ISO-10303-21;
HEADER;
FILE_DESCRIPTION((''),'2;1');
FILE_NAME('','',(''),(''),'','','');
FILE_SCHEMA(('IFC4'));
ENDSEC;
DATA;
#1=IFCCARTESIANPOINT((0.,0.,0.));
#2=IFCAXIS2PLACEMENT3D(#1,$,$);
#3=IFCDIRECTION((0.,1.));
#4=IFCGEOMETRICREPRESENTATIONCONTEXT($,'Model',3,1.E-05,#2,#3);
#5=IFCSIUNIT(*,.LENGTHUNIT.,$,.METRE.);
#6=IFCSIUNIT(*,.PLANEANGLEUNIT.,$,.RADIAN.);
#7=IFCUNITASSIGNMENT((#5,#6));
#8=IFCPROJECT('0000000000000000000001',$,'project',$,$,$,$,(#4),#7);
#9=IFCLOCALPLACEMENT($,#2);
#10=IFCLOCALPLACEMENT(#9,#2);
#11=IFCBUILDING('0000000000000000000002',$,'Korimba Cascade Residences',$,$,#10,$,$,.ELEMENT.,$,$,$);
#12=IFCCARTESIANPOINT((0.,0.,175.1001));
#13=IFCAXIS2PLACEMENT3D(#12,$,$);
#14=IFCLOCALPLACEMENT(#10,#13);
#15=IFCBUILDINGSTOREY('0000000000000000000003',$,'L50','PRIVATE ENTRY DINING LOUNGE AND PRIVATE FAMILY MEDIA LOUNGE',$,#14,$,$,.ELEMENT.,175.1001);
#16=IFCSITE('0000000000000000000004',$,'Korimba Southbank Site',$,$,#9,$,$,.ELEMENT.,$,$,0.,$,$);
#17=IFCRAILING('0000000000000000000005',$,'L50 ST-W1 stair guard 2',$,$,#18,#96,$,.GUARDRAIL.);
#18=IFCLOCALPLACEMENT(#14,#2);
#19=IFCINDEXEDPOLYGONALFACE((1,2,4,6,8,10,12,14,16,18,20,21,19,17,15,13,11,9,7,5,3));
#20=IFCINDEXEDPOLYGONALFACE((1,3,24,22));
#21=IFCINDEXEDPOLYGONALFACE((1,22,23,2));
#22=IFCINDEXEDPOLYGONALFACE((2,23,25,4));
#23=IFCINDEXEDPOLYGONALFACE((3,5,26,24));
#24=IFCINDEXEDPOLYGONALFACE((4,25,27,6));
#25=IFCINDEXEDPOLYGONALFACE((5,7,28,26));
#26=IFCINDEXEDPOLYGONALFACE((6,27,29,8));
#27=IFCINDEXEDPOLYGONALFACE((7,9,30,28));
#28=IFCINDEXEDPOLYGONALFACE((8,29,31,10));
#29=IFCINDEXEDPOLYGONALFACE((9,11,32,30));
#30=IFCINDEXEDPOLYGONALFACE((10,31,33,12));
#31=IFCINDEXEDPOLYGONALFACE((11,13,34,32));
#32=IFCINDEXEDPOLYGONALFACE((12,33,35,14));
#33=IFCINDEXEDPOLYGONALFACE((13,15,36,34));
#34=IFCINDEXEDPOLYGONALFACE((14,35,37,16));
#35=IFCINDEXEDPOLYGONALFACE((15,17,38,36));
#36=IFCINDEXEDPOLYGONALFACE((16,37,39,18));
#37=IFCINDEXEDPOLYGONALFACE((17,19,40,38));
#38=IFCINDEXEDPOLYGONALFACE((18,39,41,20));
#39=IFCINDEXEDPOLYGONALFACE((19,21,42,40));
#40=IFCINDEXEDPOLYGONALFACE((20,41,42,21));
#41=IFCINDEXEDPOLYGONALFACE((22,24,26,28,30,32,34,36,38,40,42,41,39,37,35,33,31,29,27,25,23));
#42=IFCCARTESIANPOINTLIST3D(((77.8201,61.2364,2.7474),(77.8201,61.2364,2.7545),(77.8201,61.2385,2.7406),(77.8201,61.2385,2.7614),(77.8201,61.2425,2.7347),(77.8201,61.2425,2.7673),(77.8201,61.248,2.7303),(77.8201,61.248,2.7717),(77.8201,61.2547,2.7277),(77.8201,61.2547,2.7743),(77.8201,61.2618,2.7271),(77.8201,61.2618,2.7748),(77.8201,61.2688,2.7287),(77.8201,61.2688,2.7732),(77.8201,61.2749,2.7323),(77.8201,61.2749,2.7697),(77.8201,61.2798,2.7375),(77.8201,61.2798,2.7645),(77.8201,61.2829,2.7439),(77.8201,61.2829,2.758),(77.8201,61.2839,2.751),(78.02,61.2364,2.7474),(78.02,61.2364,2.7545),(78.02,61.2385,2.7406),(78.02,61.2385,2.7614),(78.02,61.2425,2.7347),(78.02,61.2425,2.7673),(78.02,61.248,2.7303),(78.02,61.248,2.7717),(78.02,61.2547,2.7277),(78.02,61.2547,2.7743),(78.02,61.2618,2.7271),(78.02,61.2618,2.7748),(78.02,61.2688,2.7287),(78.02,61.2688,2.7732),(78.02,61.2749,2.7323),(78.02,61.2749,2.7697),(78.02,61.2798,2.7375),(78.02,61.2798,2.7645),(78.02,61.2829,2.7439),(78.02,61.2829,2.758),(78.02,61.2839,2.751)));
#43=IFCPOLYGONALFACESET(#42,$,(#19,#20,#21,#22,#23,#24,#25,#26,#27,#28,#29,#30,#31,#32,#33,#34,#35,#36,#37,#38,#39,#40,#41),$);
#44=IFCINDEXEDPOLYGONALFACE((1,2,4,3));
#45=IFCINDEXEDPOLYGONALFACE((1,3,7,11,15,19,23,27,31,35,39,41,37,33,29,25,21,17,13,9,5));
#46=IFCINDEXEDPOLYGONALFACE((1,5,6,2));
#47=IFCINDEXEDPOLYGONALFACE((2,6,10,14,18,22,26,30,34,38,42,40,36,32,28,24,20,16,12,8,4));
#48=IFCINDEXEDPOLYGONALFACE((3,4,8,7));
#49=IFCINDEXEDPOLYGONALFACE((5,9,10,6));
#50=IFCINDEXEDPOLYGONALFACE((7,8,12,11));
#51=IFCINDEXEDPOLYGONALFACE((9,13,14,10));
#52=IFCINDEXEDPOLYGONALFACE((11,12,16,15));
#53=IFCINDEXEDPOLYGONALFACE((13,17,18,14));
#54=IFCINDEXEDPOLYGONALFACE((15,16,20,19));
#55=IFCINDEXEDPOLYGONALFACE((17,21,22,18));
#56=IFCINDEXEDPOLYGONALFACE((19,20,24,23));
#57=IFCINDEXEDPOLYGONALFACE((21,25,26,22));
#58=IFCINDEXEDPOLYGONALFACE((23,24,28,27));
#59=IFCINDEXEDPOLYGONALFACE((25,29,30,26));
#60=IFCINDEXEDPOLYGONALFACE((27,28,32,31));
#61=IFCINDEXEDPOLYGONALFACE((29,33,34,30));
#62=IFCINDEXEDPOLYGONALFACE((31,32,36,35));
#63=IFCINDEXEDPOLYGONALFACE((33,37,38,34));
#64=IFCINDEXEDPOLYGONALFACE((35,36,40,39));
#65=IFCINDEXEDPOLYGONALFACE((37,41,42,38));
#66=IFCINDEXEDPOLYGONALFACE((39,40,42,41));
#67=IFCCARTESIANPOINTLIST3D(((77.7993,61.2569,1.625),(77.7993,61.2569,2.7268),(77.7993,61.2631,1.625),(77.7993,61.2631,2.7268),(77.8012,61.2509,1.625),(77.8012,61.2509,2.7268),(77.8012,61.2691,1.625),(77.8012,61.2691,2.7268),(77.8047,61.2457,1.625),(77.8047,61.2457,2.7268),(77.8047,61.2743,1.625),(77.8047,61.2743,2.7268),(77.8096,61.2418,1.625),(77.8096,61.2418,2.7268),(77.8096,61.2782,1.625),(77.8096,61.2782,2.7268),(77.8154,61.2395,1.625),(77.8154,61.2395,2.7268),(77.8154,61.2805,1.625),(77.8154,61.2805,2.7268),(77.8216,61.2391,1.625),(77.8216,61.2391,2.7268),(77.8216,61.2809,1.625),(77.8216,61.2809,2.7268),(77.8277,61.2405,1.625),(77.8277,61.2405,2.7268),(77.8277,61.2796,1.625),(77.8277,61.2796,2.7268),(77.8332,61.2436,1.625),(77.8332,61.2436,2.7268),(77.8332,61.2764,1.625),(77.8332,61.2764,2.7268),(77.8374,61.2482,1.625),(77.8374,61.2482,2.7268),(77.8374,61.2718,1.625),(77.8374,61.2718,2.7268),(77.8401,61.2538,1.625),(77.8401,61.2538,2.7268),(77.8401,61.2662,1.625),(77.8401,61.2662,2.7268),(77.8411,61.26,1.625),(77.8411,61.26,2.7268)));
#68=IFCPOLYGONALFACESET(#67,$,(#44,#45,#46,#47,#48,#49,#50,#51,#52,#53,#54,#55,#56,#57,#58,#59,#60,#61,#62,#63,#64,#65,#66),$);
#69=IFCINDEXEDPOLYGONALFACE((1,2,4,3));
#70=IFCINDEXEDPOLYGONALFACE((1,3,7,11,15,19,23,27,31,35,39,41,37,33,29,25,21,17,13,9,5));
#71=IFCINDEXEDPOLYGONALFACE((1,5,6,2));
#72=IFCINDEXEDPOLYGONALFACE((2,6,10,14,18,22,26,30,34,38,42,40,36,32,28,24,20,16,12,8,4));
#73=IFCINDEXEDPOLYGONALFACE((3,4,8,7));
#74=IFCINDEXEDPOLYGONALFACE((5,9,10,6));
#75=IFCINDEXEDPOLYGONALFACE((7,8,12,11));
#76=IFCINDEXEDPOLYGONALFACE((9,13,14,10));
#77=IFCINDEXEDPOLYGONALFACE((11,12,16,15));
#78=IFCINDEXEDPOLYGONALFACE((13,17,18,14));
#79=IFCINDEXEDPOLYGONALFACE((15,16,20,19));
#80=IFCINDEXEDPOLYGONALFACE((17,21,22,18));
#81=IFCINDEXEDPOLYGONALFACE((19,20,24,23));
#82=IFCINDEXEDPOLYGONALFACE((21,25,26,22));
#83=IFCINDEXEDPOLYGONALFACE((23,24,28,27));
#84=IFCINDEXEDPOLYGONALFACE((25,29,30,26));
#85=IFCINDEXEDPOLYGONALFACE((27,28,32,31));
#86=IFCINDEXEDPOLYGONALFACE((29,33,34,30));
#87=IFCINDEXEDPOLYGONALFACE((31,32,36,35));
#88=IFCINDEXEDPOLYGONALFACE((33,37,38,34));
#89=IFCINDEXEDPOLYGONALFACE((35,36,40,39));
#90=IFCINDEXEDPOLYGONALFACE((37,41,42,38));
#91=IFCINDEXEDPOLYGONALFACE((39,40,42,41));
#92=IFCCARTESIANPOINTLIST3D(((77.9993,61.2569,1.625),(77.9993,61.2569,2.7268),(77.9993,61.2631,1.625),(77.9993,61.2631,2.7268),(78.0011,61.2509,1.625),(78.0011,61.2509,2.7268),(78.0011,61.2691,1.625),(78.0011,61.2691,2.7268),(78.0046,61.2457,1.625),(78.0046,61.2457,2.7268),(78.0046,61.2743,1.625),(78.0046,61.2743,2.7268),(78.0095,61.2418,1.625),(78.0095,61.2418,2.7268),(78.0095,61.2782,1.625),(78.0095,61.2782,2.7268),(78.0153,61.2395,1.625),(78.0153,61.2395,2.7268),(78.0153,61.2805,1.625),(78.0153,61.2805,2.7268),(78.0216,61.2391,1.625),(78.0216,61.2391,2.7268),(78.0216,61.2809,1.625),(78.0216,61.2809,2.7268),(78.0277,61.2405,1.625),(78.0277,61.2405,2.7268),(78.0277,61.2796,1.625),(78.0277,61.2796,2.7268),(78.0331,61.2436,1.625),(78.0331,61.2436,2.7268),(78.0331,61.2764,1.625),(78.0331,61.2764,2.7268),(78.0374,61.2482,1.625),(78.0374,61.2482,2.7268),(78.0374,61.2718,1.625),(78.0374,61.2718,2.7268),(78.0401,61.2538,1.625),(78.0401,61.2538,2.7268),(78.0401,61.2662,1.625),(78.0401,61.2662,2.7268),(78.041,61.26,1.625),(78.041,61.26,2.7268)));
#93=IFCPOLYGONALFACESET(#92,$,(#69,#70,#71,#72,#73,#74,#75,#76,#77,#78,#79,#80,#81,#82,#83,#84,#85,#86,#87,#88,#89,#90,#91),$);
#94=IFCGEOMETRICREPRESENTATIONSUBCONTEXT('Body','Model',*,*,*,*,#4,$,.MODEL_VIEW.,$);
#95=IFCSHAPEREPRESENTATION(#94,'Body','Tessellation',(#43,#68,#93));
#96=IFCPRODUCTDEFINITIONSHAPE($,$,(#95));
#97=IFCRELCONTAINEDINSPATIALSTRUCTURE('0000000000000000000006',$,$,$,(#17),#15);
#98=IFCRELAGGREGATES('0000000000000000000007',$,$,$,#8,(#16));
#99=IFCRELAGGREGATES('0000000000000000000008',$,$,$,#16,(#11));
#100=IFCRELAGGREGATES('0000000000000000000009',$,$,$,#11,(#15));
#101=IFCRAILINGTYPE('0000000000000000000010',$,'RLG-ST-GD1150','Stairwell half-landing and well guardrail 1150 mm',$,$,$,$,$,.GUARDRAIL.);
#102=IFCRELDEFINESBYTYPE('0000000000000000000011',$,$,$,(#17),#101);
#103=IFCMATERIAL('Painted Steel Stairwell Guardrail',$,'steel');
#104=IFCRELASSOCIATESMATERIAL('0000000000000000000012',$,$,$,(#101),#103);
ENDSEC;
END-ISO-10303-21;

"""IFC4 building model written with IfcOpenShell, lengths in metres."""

from ifc_helpers import new_model, si_unit, direction, frame, origin, origin_2d, place, context, subcontext, project, spatial, circle, extrude, material, type_object, element, save


model = new_model("IFC4")

# Units and contexts
model_context = context("Model", 3, precision=1e-05, world=origin(), true_north=direction((0.0, 1.0)))
body_context = subcontext(model_context, "Body", "Model", "MODEL_VIEW")
ifc_project = project(units=[si_unit("LENGTHUNIT", "METRE"), si_unit("PLANEANGLEUNIT", "RADIAN")], contexts=[model_context])

# Site, building, storey
site_placement = place(None, origin())
site = spatial("IfcSite", under=ifc_project, at=site_placement, Name="Korimba Southbank Site", CompositionType="ELEMENT", RefElevation=0.0)
building_placement = place(site_placement, origin())
building = spatial("IfcBuilding", under=site, at=building_placement, Name="Korimba Cascade Residences", CompositionType="ELEMENT")
storey_placement = place(building_placement, frame((0.0, 0.0, 175.1001)))
storey = spatial("IfcBuildingStorey", under=building, at=storey_placement, Name="L50", Description="PRIVATE ENTRY DINING LOUNGE AND PRIVATE FAMILY MEDIA LOUNGE", CompositionType="ELEMENT", Elevation=175.1001)

# Railing
ifc_material_1 = material(Name="Painted Steel Stairwell Guardrail", Category="steel")
railing_type_1 = type_object("IfcRailingType", Name="RLG-ST-GD1150", Description="Stairwell half-landing and well guardrail 1150 mm", PredefinedType="GUARDRAIL", material=ifc_material_1)
railing_1_placement = place(storey_placement, frame((77.8201, 61.26, 1.625)))
element("IfcRailing", 1, at=railing_1_placement, inside=storey, type_object=railing_type_1, Name="L50 ST-W1 stair guard 2", PredefinedType="GUARDRAIL", context=body_context, shape_type="SweptSolid", body=[
    extrude(circle(Radius=0.0239, at=origin_2d()), frame((0.0, 0.0, 1.126), z_axis=(1.0, 0.0, 0.0), x_axis=(0.0, 1.0, 0.0)), (0.0, 0.0, 1.0), 0.2),
    extrude(circle(Radius=0.021, at=origin_2d()), origin(), (0.0, 0.0, 1.0), 1.1018),
    extrude(circle(Radius=0.021, at=origin_2d()), frame((0.2, 0.0, 0.0)), (0.0, 0.0, 1.0), 1.1018),
])

save(model, "model.ifc")
